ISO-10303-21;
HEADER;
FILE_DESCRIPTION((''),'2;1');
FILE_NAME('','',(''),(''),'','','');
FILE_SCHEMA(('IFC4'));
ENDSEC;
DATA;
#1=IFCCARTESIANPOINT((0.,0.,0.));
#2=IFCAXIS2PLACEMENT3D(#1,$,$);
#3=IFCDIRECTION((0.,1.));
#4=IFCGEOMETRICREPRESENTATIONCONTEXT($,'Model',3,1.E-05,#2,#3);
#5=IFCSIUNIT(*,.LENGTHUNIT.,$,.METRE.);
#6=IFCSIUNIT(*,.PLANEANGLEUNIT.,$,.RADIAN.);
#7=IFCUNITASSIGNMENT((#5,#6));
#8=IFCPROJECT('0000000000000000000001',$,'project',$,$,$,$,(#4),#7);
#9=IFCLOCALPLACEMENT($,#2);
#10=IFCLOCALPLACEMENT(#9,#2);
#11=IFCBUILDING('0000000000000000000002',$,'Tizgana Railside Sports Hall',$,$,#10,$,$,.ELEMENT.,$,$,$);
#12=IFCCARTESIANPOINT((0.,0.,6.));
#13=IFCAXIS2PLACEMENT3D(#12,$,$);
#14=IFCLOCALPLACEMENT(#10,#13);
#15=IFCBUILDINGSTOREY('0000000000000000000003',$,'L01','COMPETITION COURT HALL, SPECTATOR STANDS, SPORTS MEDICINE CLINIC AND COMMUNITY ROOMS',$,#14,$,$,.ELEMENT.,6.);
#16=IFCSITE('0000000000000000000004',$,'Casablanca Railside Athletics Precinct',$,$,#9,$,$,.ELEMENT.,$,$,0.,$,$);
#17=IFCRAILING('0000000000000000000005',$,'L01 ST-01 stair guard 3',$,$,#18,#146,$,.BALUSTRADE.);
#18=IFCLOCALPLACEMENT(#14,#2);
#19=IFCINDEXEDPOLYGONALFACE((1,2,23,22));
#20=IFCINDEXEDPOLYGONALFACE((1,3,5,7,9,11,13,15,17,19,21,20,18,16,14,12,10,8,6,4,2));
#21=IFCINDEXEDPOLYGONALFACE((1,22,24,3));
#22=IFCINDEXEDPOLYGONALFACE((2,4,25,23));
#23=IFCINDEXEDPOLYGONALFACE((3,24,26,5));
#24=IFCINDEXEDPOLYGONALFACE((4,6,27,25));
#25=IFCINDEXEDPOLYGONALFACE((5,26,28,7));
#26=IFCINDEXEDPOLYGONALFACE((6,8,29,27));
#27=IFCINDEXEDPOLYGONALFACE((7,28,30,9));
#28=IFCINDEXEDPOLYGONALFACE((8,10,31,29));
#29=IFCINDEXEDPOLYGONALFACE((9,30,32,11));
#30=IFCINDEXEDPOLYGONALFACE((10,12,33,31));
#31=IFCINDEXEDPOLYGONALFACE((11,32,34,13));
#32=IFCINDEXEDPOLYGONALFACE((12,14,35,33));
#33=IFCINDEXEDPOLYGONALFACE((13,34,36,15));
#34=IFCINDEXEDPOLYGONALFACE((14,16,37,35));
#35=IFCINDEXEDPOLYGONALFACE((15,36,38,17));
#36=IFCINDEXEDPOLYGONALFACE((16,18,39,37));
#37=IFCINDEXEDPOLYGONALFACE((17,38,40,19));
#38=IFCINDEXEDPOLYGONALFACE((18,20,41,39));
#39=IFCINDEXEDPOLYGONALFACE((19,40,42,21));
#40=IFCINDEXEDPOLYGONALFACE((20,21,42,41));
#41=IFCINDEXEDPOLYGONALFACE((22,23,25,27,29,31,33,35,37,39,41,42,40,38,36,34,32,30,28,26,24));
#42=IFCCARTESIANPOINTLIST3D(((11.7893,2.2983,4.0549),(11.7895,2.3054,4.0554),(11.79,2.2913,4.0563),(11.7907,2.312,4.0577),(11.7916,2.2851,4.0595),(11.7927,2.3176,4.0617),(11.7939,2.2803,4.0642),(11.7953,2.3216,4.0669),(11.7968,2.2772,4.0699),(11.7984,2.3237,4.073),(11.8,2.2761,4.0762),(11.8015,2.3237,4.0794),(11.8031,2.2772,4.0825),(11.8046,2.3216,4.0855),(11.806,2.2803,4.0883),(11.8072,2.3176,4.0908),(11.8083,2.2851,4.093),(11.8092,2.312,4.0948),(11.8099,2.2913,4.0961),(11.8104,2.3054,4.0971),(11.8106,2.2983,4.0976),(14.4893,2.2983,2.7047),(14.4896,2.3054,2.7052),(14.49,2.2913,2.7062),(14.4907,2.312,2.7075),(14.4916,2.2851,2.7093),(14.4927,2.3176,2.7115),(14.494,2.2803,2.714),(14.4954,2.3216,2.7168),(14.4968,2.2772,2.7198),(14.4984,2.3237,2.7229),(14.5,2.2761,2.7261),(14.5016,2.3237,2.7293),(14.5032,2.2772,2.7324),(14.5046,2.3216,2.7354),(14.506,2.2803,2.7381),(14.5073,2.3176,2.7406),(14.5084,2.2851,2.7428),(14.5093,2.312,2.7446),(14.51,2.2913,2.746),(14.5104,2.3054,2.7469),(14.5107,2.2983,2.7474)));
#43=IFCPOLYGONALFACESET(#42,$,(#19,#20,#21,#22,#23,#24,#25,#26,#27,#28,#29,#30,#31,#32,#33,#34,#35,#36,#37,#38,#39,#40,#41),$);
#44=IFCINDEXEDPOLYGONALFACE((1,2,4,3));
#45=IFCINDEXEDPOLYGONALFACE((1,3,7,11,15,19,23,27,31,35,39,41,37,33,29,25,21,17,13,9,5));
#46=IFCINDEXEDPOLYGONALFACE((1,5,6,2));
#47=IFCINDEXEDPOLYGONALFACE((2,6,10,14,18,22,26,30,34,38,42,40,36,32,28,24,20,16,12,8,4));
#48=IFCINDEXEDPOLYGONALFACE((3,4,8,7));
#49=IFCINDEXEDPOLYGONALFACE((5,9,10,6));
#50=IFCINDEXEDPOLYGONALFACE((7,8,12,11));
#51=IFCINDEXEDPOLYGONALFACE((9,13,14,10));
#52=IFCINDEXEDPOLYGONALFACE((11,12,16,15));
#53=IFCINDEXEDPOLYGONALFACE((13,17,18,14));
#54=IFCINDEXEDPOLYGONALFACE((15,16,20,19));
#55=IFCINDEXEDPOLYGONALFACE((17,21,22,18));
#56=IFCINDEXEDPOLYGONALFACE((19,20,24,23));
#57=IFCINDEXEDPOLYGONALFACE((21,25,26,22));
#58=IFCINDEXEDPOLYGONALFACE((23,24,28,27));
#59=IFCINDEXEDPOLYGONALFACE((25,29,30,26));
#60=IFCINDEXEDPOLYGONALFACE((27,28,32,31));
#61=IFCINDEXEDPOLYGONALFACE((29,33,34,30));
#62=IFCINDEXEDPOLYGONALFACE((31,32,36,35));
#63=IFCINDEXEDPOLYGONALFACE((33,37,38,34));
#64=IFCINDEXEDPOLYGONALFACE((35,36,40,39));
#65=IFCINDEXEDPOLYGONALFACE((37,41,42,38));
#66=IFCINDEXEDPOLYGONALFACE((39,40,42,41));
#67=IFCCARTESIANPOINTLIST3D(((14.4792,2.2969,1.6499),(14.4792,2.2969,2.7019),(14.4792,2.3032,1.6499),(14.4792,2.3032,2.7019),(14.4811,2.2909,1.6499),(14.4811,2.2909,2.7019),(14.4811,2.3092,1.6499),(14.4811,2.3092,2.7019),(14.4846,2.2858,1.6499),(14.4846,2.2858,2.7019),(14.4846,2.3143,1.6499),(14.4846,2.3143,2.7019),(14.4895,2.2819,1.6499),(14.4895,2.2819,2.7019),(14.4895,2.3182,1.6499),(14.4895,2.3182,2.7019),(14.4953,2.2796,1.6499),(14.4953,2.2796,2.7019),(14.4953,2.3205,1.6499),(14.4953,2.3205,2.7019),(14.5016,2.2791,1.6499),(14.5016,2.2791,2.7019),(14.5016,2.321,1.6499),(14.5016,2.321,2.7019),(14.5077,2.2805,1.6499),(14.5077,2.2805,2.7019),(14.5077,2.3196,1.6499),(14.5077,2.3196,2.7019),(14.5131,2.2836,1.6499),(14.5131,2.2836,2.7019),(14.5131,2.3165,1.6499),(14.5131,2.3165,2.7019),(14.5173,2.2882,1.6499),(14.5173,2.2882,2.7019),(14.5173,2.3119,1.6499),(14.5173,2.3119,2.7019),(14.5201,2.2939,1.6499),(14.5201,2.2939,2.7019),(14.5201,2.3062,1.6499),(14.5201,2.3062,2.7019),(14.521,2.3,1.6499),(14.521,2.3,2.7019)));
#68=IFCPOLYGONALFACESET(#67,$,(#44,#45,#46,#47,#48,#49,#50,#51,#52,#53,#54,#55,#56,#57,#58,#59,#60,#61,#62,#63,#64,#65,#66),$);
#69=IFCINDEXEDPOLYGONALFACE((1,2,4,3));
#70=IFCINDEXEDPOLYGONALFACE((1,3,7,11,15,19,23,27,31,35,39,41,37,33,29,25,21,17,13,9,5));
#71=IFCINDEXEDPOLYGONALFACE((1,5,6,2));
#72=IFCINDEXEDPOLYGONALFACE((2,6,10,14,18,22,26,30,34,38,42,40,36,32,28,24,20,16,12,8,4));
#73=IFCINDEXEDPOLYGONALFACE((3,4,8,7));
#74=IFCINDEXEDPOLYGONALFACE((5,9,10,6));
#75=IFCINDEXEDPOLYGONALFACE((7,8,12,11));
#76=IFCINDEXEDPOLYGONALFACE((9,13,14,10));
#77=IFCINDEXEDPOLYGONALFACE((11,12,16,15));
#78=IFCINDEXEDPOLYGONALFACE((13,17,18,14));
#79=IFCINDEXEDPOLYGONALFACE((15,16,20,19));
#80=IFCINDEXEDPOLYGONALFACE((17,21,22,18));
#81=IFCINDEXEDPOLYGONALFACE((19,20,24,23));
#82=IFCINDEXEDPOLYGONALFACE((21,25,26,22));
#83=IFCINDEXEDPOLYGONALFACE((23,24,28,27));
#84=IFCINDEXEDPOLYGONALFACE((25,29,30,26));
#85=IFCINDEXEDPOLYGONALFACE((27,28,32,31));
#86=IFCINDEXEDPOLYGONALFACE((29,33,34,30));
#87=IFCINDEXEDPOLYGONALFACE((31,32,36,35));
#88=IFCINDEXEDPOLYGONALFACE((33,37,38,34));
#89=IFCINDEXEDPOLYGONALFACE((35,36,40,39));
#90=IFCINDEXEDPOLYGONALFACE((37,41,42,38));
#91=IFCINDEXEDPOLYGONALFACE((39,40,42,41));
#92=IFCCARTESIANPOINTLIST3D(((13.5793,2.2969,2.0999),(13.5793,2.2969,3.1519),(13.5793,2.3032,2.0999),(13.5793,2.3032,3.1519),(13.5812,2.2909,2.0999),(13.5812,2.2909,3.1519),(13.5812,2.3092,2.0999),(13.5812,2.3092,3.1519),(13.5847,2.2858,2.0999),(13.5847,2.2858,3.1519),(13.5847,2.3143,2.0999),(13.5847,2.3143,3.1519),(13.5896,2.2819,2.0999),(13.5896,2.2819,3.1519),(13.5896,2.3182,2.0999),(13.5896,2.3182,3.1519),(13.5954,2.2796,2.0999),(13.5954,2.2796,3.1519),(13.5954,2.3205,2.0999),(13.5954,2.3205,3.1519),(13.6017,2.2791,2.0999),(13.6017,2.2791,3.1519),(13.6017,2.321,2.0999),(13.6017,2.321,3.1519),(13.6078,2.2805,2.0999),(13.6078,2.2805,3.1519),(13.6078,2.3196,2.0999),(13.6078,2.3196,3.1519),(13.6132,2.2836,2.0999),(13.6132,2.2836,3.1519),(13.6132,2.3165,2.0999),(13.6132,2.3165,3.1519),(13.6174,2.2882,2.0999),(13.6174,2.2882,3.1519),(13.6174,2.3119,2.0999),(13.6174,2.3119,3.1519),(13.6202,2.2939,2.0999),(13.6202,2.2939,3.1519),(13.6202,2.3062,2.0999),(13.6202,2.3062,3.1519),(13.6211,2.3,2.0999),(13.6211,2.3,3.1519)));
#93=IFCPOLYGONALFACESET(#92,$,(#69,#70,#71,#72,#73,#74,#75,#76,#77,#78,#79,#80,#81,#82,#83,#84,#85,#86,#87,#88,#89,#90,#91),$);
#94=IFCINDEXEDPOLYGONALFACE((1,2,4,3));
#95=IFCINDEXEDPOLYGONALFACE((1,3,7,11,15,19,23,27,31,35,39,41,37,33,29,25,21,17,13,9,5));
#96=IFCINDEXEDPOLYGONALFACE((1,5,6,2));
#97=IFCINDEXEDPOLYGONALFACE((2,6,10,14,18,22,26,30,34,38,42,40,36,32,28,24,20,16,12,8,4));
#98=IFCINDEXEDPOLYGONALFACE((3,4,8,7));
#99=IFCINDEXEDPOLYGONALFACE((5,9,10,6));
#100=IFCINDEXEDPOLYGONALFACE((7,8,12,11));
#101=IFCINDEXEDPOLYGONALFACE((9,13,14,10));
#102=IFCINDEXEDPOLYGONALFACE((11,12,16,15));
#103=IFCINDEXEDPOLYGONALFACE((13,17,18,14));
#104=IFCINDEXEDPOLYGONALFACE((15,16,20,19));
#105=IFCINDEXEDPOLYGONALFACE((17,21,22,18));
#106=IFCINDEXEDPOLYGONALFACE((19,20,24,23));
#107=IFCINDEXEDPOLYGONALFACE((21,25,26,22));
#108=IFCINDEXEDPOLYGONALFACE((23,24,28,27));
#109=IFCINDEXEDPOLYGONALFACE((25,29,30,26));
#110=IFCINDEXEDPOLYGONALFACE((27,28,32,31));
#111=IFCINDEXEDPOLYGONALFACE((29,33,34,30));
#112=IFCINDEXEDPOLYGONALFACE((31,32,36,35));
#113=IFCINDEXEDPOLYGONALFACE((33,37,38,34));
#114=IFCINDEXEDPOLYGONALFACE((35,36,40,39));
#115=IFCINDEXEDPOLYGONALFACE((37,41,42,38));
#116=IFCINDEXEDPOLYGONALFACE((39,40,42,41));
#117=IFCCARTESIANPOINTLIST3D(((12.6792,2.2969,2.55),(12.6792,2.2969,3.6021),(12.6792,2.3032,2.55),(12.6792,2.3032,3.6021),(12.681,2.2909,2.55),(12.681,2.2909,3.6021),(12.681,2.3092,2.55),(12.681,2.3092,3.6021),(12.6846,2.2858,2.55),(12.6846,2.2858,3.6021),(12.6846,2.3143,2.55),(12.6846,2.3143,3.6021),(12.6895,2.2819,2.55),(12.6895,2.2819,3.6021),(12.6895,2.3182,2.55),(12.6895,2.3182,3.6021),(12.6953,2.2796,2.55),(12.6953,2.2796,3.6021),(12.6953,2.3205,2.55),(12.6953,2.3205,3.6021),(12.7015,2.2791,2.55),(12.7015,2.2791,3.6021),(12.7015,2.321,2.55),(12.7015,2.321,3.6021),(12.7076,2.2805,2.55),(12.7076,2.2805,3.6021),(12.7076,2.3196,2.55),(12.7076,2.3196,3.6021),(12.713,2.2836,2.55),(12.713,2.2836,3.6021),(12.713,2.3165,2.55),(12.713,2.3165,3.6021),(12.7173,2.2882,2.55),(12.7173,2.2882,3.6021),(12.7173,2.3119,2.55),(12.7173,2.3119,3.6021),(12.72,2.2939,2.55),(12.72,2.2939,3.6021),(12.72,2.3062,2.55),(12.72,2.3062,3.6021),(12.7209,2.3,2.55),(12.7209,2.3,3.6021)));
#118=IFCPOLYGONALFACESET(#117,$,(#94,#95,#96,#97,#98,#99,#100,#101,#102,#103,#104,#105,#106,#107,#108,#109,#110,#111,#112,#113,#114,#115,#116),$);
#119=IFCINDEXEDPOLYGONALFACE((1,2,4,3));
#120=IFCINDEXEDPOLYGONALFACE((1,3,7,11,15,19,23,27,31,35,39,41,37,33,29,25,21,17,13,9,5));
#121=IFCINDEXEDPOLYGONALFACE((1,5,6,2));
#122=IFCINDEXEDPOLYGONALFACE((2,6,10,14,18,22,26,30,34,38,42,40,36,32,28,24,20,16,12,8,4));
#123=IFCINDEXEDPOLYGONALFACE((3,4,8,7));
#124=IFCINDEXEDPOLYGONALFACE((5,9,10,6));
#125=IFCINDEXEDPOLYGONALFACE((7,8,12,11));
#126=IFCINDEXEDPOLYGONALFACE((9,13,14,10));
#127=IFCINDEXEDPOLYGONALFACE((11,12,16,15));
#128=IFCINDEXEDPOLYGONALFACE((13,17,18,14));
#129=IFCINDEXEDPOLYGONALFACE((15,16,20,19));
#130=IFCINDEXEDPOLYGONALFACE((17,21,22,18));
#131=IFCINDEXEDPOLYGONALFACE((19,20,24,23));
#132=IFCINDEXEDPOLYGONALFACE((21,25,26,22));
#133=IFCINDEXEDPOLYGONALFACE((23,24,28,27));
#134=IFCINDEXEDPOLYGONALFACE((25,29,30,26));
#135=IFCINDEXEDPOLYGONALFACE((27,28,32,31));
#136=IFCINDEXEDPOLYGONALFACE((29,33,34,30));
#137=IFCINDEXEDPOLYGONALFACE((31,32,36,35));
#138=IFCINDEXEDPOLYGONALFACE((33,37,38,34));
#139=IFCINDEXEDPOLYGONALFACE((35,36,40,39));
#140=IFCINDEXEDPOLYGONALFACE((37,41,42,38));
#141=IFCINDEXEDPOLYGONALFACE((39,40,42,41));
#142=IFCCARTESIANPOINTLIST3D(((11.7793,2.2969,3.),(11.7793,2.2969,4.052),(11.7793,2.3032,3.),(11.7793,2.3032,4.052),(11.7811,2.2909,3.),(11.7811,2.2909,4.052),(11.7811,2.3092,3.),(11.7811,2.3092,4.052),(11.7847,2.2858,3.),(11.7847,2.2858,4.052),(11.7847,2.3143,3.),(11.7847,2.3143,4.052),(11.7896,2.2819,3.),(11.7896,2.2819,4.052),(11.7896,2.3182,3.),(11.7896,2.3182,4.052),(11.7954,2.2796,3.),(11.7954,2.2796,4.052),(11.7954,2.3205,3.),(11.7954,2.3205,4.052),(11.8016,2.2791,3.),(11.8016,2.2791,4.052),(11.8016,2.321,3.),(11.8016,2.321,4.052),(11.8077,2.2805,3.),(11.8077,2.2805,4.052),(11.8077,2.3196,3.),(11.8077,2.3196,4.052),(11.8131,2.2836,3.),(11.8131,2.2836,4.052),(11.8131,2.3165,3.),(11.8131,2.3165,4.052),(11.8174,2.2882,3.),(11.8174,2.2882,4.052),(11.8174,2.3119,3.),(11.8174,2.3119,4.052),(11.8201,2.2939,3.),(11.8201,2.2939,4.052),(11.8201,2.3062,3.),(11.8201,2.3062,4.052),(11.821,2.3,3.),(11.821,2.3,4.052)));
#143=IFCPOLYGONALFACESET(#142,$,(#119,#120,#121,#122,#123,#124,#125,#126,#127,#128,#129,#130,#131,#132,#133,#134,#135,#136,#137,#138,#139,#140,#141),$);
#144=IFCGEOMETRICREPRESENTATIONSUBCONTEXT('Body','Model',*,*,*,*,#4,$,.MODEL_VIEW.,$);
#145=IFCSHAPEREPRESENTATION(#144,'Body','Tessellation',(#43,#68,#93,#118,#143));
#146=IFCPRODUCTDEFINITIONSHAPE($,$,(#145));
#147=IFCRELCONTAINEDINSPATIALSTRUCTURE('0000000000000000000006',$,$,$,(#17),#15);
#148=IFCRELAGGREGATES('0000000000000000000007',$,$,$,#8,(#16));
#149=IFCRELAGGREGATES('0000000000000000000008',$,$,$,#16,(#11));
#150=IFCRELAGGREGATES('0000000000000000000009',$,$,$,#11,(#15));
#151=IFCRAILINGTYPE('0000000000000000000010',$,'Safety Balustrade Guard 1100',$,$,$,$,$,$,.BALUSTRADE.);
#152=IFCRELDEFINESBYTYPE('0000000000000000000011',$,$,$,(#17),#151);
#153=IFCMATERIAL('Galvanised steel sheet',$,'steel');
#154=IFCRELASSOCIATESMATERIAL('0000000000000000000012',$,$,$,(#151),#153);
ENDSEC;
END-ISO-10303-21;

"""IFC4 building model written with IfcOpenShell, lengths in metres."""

from ifc_helpers import new_model, si_unit, direction, frame, origin, origin_2d, place, context, subcontext, project, spatial, circle, extrude, material, type_object, element, save


model = new_model("IFC4")

# Units and contexts
model_context = context("Model", 3, precision=1e-05, world=origin(), true_north=direction((0.0, 1.0)))
body_context = subcontext(model_context, "Body", "Model", "MODEL_VIEW")
ifc_project = project(units=[si_unit("LENGTHUNIT", "METRE"), si_unit("PLANEANGLEUNIT", "RADIAN")], contexts=[model_context])

# Site, building, storey
site_placement = place(None, origin())
site = spatial("IfcSite", under=ifc_project, at=site_placement, Name="Casablanca Railside Athletics Precinct", CompositionType="ELEMENT", RefElevation=0.0)
building_placement = place(site_placement, origin())
building = spatial("IfcBuilding", under=site, at=building_placement, Name="Tizgana Railside Sports Hall", CompositionType="ELEMENT")
storey_placement = place(building_placement, frame((0.0, 0.0, 6.0)))
storey = spatial("IfcBuildingStorey", under=building, at=storey_placement, Name="L01", Description="COMPETITION COURT HALL, SPECTATOR STANDS, SPORTS MEDICINE CLINIC AND COMMUNITY ROOMS", CompositionType="ELEMENT", Elevation=6.0)

# Railing
ifc_material_1 = material(Name="Galvanised steel sheet", Category="steel")
railing_type_1 = type_object("IfcRailingType", Name="Safety Balustrade Guard 1100", PredefinedType="BALUSTRADE", material=ifc_material_1)
railing_1_placement = place(storey_placement, frame((14.5, 2.3, 1.6499)))
element("IfcRailing", 1, at=railing_1_placement, inside=storey, type_object=railing_type_1, Name="L01 ST-01 stair guard 3", PredefinedType="BALUSTRADE", context=body_context, shape_type="SweptSolid", body=[
    extrude(circle(Radius=0.0239, at=origin_2d()), frame((0.0, 0.0, 1.0762), z_axis=(-0.894411, 0.0, 0.447246), x_axis=(0.0, -1.0, 0.0)), (0.0, 0.0, 1.0), 3.0188),
    extrude(circle(Radius=0.021, at=origin_2d()), origin(), (0.0, 0.0, 1.0), 1.052),
    extrude(circle(Radius=0.021, at=origin_2d()), frame((-0.8999, 0.0, 0.45)), (0.0, 0.0, 1.0), 1.052),
    extrude(circle(Radius=0.021, at=origin_2d()), frame((-1.8, 0.0, 0.9001)), (0.0, 0.0, 1.0), 1.052),
    extrude(circle(Radius=0.021, at=origin_2d()), frame((-2.7, 0.0, 1.3501)), (0.0, 0.0, 1.0), 1.052),
])

save(model, "model.ifc")
